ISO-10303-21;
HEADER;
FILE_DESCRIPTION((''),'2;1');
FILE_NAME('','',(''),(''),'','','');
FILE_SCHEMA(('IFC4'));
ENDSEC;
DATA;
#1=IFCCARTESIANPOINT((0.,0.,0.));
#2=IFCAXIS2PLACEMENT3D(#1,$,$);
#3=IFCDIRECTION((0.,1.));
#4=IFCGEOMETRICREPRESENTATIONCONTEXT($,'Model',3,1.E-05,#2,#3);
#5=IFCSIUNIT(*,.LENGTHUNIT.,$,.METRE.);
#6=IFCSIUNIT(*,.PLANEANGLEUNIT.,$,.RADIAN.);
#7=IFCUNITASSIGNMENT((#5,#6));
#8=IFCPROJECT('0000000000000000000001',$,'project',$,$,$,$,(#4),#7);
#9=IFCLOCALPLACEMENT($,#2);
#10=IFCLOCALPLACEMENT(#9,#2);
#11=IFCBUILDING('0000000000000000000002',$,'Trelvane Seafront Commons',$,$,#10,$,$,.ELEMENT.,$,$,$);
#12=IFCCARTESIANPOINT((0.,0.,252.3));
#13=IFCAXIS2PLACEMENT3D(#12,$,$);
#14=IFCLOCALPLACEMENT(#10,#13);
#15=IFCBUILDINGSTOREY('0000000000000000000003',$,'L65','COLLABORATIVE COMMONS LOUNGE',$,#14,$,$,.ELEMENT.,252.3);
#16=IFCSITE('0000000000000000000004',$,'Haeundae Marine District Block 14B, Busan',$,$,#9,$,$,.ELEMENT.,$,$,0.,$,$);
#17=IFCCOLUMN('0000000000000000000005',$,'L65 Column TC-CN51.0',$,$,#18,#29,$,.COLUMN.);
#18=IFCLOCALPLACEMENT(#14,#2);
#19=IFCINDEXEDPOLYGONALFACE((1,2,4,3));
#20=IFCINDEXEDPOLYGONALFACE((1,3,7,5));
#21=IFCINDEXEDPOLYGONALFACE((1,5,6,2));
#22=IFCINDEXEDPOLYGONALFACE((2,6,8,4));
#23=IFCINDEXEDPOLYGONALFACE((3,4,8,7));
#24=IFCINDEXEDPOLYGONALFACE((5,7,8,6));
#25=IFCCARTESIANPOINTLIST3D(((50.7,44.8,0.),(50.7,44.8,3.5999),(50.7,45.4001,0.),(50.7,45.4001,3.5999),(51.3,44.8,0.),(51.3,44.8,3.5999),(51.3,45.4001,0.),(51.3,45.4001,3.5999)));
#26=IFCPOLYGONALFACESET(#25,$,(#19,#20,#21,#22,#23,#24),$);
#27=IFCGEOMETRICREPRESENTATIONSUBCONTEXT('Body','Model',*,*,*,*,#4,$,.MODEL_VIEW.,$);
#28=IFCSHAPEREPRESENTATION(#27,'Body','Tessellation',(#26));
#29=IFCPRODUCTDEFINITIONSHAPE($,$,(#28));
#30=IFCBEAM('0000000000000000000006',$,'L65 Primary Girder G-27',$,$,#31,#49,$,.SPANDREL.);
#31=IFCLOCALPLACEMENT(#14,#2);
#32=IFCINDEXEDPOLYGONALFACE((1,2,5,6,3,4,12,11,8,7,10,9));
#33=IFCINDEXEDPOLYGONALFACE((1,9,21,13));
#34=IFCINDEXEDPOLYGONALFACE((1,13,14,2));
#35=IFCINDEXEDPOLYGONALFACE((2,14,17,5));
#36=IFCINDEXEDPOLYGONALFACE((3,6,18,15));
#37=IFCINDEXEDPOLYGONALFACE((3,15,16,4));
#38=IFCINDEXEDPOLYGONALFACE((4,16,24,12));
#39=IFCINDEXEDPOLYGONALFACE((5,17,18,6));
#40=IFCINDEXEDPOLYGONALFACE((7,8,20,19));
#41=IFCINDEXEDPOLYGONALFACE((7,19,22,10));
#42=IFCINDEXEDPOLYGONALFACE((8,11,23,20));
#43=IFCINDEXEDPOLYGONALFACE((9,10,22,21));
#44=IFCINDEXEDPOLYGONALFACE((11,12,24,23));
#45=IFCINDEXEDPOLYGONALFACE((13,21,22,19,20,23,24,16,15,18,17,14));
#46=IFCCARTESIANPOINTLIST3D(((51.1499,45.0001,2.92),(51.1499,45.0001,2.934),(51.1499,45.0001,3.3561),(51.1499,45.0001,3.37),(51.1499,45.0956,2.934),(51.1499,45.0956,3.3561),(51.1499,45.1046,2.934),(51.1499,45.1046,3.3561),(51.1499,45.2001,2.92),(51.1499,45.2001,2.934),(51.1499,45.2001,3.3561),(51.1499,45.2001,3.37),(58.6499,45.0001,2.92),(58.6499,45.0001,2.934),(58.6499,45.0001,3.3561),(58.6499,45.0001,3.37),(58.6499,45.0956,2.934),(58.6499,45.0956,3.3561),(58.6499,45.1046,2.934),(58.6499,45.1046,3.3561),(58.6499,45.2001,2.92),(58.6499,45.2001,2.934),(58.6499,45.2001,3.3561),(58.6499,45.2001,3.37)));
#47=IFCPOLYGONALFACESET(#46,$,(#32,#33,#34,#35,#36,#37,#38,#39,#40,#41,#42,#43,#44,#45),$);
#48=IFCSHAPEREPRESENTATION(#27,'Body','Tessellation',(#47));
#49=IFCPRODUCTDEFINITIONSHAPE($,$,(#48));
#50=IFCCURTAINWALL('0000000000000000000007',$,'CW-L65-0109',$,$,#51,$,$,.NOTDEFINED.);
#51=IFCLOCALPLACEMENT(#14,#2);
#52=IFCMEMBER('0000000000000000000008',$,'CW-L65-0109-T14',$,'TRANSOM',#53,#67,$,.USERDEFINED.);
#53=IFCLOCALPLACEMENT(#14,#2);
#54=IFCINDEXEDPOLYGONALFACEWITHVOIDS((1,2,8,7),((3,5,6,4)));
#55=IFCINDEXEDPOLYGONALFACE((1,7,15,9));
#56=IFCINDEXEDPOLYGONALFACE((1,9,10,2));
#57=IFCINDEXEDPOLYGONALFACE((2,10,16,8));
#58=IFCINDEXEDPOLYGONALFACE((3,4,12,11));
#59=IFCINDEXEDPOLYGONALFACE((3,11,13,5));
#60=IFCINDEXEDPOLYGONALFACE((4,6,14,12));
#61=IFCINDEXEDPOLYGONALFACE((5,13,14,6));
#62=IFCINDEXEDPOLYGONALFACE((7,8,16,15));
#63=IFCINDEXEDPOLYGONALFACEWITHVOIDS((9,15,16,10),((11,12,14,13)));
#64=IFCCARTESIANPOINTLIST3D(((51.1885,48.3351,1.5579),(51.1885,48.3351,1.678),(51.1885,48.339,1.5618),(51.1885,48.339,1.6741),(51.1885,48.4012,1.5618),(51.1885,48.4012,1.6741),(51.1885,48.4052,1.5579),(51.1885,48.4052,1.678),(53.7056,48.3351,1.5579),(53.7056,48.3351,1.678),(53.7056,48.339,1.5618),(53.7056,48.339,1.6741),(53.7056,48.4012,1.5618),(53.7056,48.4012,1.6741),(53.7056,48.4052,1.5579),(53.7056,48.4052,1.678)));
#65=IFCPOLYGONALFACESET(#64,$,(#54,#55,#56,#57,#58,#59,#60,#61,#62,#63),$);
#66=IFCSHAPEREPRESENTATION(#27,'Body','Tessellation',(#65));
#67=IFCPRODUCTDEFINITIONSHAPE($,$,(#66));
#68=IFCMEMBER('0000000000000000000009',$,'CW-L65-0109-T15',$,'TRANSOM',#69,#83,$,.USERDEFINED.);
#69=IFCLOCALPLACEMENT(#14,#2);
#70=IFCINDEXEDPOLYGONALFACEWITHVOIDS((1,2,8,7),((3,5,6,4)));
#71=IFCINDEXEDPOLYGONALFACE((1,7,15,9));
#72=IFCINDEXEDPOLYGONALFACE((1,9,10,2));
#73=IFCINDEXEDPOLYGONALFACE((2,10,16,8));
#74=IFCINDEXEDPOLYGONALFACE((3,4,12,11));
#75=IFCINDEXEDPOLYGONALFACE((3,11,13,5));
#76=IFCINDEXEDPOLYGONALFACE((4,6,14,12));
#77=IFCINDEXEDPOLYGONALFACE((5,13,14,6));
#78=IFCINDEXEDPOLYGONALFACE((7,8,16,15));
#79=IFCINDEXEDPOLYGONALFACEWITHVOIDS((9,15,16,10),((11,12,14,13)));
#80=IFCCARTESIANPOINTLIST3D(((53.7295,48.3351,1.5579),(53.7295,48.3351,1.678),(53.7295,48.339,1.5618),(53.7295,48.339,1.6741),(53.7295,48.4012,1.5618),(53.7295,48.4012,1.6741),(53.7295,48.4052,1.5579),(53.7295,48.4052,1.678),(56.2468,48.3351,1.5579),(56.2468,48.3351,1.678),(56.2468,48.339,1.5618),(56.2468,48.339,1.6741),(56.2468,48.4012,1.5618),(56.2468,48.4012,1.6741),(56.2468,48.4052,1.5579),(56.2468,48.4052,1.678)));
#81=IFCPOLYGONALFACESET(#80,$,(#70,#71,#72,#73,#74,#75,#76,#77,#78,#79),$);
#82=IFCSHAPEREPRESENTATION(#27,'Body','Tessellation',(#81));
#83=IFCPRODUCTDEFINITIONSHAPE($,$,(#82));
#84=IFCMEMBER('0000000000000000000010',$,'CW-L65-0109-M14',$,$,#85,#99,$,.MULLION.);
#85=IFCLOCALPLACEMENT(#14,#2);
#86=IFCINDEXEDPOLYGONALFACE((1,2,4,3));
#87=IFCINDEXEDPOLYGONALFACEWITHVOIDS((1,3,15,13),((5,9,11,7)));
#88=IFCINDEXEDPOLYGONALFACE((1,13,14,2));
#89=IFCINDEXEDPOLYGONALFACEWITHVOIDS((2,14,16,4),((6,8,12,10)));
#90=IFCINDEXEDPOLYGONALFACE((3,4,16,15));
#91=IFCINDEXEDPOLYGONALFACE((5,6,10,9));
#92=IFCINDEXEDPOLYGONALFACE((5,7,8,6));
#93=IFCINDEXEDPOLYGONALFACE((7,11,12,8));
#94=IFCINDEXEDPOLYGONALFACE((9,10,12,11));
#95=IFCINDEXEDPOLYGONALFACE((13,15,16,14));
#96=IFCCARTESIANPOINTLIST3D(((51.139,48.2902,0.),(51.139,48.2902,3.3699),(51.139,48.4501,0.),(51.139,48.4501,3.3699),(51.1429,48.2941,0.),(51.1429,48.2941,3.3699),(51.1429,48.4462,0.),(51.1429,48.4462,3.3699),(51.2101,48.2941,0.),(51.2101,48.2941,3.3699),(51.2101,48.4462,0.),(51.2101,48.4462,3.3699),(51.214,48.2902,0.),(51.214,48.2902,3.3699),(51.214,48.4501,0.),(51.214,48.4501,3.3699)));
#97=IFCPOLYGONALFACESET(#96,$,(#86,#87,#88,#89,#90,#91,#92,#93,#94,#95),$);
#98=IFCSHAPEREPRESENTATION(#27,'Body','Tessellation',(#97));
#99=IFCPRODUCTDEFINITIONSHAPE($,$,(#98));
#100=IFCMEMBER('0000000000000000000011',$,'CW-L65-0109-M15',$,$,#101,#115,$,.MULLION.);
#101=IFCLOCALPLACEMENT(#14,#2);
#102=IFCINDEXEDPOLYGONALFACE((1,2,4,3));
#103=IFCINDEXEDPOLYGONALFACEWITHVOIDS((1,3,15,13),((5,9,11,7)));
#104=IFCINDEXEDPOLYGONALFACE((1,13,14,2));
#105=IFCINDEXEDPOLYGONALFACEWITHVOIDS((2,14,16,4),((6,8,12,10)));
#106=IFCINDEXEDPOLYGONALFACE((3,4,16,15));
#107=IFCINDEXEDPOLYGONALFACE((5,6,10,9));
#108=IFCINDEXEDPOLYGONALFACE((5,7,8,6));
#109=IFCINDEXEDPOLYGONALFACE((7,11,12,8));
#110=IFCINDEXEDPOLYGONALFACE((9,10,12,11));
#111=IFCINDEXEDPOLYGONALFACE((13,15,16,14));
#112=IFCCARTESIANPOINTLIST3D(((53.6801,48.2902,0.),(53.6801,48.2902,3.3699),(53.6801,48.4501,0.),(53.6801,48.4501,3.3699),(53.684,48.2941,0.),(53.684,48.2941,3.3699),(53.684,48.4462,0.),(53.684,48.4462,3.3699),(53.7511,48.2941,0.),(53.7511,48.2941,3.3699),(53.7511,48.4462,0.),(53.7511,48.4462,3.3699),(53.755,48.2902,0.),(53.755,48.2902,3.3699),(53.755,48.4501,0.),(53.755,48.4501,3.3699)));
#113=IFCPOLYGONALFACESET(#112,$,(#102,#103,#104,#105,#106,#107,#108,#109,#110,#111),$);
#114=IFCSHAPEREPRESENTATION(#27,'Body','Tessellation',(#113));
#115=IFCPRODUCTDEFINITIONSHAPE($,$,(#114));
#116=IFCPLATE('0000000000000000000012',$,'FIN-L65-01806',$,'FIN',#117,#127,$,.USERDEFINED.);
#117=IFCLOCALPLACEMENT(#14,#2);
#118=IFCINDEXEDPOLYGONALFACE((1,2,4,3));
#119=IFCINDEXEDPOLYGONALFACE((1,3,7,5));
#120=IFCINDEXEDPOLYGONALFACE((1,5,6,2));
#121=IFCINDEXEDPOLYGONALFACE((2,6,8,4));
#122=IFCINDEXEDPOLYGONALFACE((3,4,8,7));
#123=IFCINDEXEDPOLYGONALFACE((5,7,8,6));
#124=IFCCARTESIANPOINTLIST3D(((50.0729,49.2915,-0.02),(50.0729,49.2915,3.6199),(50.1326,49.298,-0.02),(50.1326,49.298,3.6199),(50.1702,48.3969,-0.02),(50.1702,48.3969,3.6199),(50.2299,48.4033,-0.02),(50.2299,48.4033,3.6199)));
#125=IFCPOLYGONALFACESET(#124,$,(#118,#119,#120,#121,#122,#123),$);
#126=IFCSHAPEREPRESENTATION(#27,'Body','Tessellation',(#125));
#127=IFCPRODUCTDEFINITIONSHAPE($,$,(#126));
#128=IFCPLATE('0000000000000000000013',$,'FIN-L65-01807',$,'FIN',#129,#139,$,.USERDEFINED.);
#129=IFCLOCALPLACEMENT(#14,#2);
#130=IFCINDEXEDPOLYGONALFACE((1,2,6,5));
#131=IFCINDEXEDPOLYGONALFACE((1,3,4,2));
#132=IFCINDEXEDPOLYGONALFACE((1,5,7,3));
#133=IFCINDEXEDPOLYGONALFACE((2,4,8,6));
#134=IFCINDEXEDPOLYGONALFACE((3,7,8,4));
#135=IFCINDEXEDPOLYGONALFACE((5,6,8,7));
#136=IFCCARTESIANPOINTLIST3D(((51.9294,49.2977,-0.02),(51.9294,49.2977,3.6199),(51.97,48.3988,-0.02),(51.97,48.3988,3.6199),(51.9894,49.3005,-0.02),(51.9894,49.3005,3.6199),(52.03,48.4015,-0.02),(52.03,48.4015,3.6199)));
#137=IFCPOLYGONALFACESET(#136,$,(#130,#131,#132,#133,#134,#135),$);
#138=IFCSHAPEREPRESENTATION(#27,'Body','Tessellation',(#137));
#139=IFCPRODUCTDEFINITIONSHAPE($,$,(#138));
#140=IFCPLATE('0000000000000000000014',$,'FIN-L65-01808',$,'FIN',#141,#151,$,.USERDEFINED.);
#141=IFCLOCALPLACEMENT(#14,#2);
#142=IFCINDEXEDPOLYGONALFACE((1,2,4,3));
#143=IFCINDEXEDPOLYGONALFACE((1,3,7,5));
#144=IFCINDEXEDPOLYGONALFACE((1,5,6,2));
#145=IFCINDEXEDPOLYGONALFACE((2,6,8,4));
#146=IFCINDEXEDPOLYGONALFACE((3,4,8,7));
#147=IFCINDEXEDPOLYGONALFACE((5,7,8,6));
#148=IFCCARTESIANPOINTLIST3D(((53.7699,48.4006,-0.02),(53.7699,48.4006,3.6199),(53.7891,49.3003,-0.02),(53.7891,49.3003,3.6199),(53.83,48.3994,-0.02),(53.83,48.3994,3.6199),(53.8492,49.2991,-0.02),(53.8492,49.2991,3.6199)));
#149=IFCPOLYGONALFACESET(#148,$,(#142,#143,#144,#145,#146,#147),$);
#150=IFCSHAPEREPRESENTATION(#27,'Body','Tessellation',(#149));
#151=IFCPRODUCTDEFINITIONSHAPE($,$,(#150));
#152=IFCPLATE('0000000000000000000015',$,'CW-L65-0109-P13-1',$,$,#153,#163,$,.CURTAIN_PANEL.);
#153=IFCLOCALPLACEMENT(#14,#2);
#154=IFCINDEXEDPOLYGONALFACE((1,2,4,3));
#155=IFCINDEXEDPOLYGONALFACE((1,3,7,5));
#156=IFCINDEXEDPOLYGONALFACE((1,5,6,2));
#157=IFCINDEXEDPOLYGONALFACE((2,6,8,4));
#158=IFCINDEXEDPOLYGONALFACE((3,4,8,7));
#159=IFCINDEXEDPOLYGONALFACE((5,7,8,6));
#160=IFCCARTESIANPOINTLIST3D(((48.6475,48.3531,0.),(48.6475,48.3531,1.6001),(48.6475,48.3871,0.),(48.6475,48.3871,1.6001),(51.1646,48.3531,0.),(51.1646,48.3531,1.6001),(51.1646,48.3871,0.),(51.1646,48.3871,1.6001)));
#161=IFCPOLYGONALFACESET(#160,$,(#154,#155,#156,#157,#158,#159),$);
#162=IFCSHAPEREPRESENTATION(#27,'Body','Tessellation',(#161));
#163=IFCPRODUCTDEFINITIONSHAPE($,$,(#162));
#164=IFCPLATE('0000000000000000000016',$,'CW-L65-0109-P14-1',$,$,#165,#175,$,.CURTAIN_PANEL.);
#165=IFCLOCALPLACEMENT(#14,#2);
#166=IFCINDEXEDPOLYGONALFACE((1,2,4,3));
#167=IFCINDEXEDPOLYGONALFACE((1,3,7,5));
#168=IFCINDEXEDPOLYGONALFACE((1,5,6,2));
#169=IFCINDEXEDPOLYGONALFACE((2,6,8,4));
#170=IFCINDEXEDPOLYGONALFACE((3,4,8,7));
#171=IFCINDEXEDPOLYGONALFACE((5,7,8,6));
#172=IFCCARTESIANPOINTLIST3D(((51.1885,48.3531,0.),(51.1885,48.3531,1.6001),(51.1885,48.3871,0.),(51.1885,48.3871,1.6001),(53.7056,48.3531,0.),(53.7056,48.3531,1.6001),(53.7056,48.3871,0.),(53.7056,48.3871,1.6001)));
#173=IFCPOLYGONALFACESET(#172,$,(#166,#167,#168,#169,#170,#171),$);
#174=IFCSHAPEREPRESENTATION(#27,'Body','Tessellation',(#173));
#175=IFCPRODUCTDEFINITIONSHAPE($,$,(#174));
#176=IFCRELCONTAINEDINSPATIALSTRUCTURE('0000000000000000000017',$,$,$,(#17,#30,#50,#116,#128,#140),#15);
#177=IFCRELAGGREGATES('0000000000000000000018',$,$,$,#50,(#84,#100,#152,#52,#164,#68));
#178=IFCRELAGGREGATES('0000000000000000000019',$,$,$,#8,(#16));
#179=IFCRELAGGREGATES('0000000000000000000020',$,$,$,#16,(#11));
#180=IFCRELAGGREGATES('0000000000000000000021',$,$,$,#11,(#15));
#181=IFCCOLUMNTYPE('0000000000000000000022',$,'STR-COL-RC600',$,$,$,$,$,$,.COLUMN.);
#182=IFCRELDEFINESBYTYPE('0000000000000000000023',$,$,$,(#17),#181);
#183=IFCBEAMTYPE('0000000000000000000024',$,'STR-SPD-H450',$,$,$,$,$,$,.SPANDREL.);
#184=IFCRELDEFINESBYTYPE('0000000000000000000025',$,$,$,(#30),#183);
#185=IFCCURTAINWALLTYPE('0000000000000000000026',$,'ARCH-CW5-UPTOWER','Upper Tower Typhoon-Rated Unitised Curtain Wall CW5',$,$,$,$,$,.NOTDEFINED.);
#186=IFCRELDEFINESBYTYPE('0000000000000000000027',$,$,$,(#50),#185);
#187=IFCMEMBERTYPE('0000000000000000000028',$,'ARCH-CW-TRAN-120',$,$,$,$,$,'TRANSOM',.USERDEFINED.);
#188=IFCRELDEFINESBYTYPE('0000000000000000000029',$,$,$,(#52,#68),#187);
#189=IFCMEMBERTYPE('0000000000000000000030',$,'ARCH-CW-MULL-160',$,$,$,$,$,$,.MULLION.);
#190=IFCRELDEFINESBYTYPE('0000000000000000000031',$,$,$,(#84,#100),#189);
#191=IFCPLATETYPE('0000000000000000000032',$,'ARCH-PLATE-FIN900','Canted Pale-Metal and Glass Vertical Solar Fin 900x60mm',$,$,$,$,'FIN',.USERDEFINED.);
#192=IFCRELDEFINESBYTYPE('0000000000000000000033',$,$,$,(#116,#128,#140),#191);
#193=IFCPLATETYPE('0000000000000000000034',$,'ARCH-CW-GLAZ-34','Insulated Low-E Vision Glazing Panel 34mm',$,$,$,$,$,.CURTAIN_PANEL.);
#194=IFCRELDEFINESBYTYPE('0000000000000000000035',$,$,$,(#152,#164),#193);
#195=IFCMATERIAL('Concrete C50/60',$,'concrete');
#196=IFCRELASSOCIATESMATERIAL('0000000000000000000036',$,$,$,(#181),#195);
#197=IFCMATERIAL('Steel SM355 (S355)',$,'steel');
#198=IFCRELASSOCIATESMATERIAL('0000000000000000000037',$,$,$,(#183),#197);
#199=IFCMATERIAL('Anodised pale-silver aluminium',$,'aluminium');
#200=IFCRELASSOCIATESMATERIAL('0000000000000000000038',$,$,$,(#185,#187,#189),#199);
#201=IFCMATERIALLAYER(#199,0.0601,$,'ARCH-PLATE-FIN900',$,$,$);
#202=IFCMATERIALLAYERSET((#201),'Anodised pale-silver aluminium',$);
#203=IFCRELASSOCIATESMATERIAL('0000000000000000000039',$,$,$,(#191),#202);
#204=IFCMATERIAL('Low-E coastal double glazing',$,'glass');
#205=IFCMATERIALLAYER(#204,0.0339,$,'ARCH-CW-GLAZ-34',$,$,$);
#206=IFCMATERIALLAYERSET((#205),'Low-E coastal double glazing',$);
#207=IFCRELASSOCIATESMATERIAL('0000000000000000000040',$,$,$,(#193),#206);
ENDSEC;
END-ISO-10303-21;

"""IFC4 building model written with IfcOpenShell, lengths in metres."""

from ifc_helpers import new_model, si_unit, direction, frame, origin, origin_2d, place, context, subcontext, project, spatial, rectangle, hollow_rectangle, i_section, extrude, source, transform, mapped, material, layer, layer_set, material_profile, profile_set, type_object, element, aggregate, save


model = new_model("IFC4")

# Units and contexts
model_context = context("Model", 3, precision=1e-05, world=origin(), true_north=direction((0.0, 1.0)))
body_context = subcontext(model_context, "Body", "Model", "MODEL_VIEW")
ifc_project = project(units=[si_unit("LENGTHUNIT", "METRE"), si_unit("PLANEANGLEUNIT", "RADIAN")], contexts=[model_context])

# Site, building, storey
site_placement = place(None, origin())
site = spatial("IfcSite", under=ifc_project, at=site_placement, Name="Haeundae Marine District Block 14B, Busan", CompositionType="ELEMENT", RefElevation=0.0)
building_placement = place(site_placement, origin())
building = spatial("IfcBuilding", under=site, at=building_placement, Name="Trelvane Seafront Commons", CompositionType="ELEMENT")
storey_placement = place(building_placement, frame((0.0, 0.0, 252.3)))
storey = spatial("IfcBuildingStorey", under=building, at=storey_placement, Name="L65", Description="COLLABORATIVE COMMONS LOUNGE", CompositionType="ELEMENT", Elevation=252.3)

# Column
ifc_material_1 = material(Name="Concrete C50/60", Category="concrete")
ifc_material_profile_1 = material_profile(ifc_material_1, rectangle(XDim=0.6001, YDim=0.6001, at=origin_2d()), Name="RC-600x600")
ifc_profile_set_1 = profile_set([ifc_material_profile_1], Name="Concrete C50/60")
column_type = type_object("IfcColumnType", Name="STR-COL-RC600", PredefinedType="COLUMN", material=ifc_profile_set_1)
shared_shape_1 = source(origin(), body_context, "Body", "SweptSolid", [
    extrude(rectangle(XDim=0.6001, YDim=0.6001, at=origin_2d()), origin(), (0.0, 0.0, 1.0), 3.5999),
])
column_placement = place(storey_placement, frame((51.0, 45.1001, 0.0), z_axis=(0.0, 0.0, 1.0), x_axis=(1.0, 0.0, 0.0)))
element("IfcColumn", 1, at=column_placement, inside=storey, type_object=column_type, Name="L65 Column TC-CN51.0", PredefinedType="COLUMN", context=body_context, shape_type="MappedRepresentation", body=[
    mapped(shared_shape_1, transform((0.0, 0.0, 0.0), x_axis=(1.0, 0.0, 0.0), y_axis=(0.0, 1.0, 0.0), z_axis=(0.0, 0.0, 1.0), scale=1.0)),
])

# Beam
ifc_material_2 = material(Name="Steel SM355 (S355)", Category="steel")
ifc_material_profile_2 = material_profile(ifc_material_2, i_section(OverallWidth=0.2, OverallDepth=0.45, WebThickness=0.009, FlangeThickness=0.0139, at=origin_2d()), Name="H-450x200x9x14")
ifc_profile_set_2 = profile_set([ifc_material_profile_2], Name="Steel SM355 (S355)")
beam_type = type_object("IfcBeamType", Name="STR-SPD-H450", PredefinedType="SPANDREL", material=ifc_profile_set_2)
shared_shape_2 = source(origin(), body_context, "Body", "SweptSolid", [
    extrude(i_section(OverallWidth=0.2, OverallDepth=0.45, WebThickness=0.009, FlangeThickness=0.0139, at=origin_2d()), origin(), (0.0, 0.0, 1.0), 7.5),
])
beam_placement = place(storey_placement, frame((51.1499, 45.1001, 3.145), z_axis=(1.0, 0.0, 0.0), x_axis=(0.0, 1.0, 0.0)))
element("IfcBeam", 2, at=beam_placement, inside=storey, type_object=beam_type, Name="L65 Primary Girder G-27", PredefinedType="SPANDREL", context=body_context, shape_type="MappedRepresentation", body=[
    mapped(shared_shape_2, transform((0.0, 0.0, 0.0), x_axis=(1.0, 0.0, 0.0), y_axis=(0.0, 1.0, 0.0), z_axis=(0.0, 0.0, 1.0), scale=1.0)),
])

# Curtain wall, members
ifc_material_3 = material(Name="Anodised pale-silver aluminium", Category="aluminium")
curtain_wall_type = type_object("IfcCurtainWallType", Name="ARCH-CW5-UPTOWER", Description="Upper Tower Typhoon-Rated Unitised Curtain Wall CW5", PredefinedType="NOTDEFINED", material=ifc_material_3)
curtain_wall_placement = place(storey_placement, origin())
curtain_wall = element("IfcCurtainWall", 3, at=curtain_wall_placement, inside=storey, type_object=curtain_wall_type, Name="CW-L65-0109", PredefinedType="NOTDEFINED")
ifc_material_profile_3 = material_profile(ifc_material_3, hollow_rectangle(XDim=0.0701, YDim=0.1201, WallThickness=0.0039, at=origin_2d()), Name="TRAN-70x120x4")
ifc_profile_set_3 = profile_set([ifc_material_profile_3], Name="Anodised pale-silver aluminium")
member_type_1 = type_object("IfcMemberType", Name="ARCH-CW-TRAN-120", ElementType="TRANSOM", PredefinedType="USERDEFINED", material=ifc_profile_set_3)
shared_shape_3 = source(origin(), body_context, "Body", "SweptSolid", [
    extrude(hollow_rectangle(XDim=0.0701, YDim=0.1201, WallThickness=0.0039, at=origin_2d()), origin(), (0.0, 0.0, 1.0), 2.5171),
])
member_1_placement = place(storey_placement, frame((51.1885, 48.3701, 1.6179), z_axis=(1.0, 0.0, 0.0), x_axis=(0.0, 1.0, 0.0)))
member_1 = element("IfcMember", 4, at=member_1_placement, type_object=member_type_1, Name="CW-L65-0109-T14", ObjectType="TRANSOM", PredefinedType="USERDEFINED", context=body_context, shape_type="MappedRepresentation", body=[
    mapped(shared_shape_3, transform((0.0, 0.0, 0.0), x_axis=(1.0, 0.0, 0.0), y_axis=(0.0, 1.0, 0.0), z_axis=(0.0, 0.0, 1.0), scale=1.0)),
])
shared_shape_4 = source(origin(), body_context, "Body", "SweptSolid", [
    extrude(hollow_rectangle(XDim=0.0701, YDim=0.1201, WallThickness=0.0039, at=origin_2d()), origin(), (0.0, 0.0, 1.0), 2.5173),
])
member_2_placement = place(storey_placement, frame((53.7295, 48.3701, 1.6179), z_axis=(1.0, 0.0, 0.0), x_axis=(0.0, 1.0, 0.0)))
member_2 = element("IfcMember", 5, at=member_2_placement, type_object=member_type_1, Name="CW-L65-0109-T15", ObjectType="TRANSOM", PredefinedType="USERDEFINED", context=body_context, shape_type="MappedRepresentation", body=[
    mapped(shared_shape_4, transform((0.0, 0.0, 0.0), x_axis=(1.0, 0.0, 0.0), y_axis=(0.0, 1.0, 0.0), z_axis=(0.0, 0.0, 1.0), scale=1.0)),
])
ifc_material_profile_4 = material_profile(ifc_material_3, hollow_rectangle(XDim=0.075, YDim=0.1599, WallThickness=0.0039, at=origin_2d()), Name="MULL-75x160x4")
ifc_profile_set_4 = profile_set([ifc_material_profile_4], Name="Anodised pale-silver aluminium")
member_type_2 = type_object("IfcMemberType", Name="ARCH-CW-MULL-160", PredefinedType="MULLION", material=ifc_profile_set_4)
shared_shape_5 = source(origin(), body_context, "Body", "SweptSolid", [
    extrude(hollow_rectangle(XDim=0.075, YDim=0.1599, WallThickness=0.0039, at=origin_2d()), origin(), (0.0, 0.0, 1.0), 3.3699),
])
member_3_placement = place(storey_placement, frame((51.1765, 48.3701, 0.0), z_axis=(0.0, 0.0, 1.0), x_axis=(1.0, 0.0, 0.0)))
member_3 = element("IfcMember", 6, at=member_3_placement, type_object=member_type_2, Name="CW-L65-0109-M14", PredefinedType="MULLION", context=body_context, shape_type="MappedRepresentation", body=[
    mapped(shared_shape_5, transform((0.0, 0.0, 0.0), x_axis=(1.0, 0.0, 0.0), y_axis=(0.0, 1.0, 0.0), z_axis=(0.0, 0.0, 1.0), scale=1.0)),
])
member_4_placement = place(storey_placement, frame((53.7175, 48.3701, 0.0), z_axis=(0.0, 0.0, 1.0), x_axis=(1.0, 0.0, 0.0)))
member_4 = element("IfcMember", 7, at=member_4_placement, type_object=member_type_2, Name="CW-L65-0109-M15", PredefinedType="MULLION", context=body_context, shape_type="MappedRepresentation", body=[
    mapped(shared_shape_5, transform((0.0, 0.0, 0.0), x_axis=(1.0, 0.0, 0.0), y_axis=(0.0, 1.0, 0.0), z_axis=(0.0, 0.0, 1.0), scale=1.0)),
])

# Plates
ifc_layer_1 = layer(ifc_material_3, 0.0601, Name="ARCH-PLATE-FIN900")
ifc_layer_set_1 = layer_set([ifc_layer_1], Name="Anodised pale-silver aluminium")
plate_type_1 = type_object("IfcPlateType", Name="ARCH-PLATE-FIN900", Description="Canted Pale-Metal and Glass Vertical Solar Fin 900x60mm", ElementType="FIN", PredefinedType="USERDEFINED", material=ifc_layer_set_1)
shared_shape_6 = source(origin(), body_context, "Body", "SweptSolid", [
    extrude(rectangle(XDim=0.8999, YDim=0.0601, at=origin_2d()), origin(), (0.0, 0.0, 1.0), 3.6399),
])
for number, where, z_axis, x_axis, name in (
    (8, (50.1514, 48.8474, -0.02), (0.0, 0.0, 1.0), (-0.108114, 0.994139, 0.0), "FIN-L65-01806"),
    (9, (51.9797, 48.8496, -0.02), (0.0, 0.0, 1.0), (-0.04511, 0.998982, 0.0), "FIN-L65-01807"),
    (10, (53.8096, 48.8499, -0.02), (0.0, 0.0, 1.0), (0.021333, 0.999772, 0.0), "FIN-L65-01808"),
):
    element("IfcPlate", number, at=place(storey_placement, frame(where, z_axis=z_axis, x_axis=x_axis)), inside=storey, type_object=plate_type_1, Name=name, ObjectType="FIN", PredefinedType="USERDEFINED", context=body_context, shape_type="MappedRepresentation", body=[
        mapped(shared_shape_6, transform((0.0, 0.0, 0.0), x_axis=(1.0, 0.0, 0.0), y_axis=(0.0, 1.0, 0.0), z_axis=(0.0, 0.0, 1.0), scale=1.0)),
    ])

# Plates
ifc_material_4 = material(Name="Low-E coastal double glazing", Category="glass")
ifc_layer_2 = layer(ifc_material_4, 0.0339, Name="ARCH-CW-GLAZ-34")
ifc_layer_set_2 = layer_set([ifc_layer_2], Name="Low-E coastal double glazing")
plate_type_2 = type_object("IfcPlateType", Name="ARCH-CW-GLAZ-34", Description="Insulated Low-E Vision Glazing Panel 34mm", PredefinedType="CURTAIN_PANEL", material=ifc_layer_set_2)
shared_shape_7 = source(origin(), body_context, "Body", "SweptSolid", [
    extrude(rectangle(XDim=2.5171, YDim=0.0339, at=origin_2d()), origin(), (0.0, 0.0, 1.0), 1.6001),
])
plate_1_placement = place(storey_placement, frame((49.906, 48.3701, 0.0), z_axis=(0.0, 0.0, 1.0), x_axis=(1.0, 0.0, 0.0)))
plate_1 = element("IfcPlate", 11, at=plate_1_placement, type_object=plate_type_2, Name="CW-L65-0109-P13-1", PredefinedType="CURTAIN_PANEL", context=body_context, shape_type="MappedRepresentation", body=[
    mapped(shared_shape_7, transform((0.0, 0.0, 0.0), x_axis=(1.0, 0.0, 0.0), y_axis=(0.0, 1.0, 0.0), z_axis=(0.0, 0.0, 1.0), scale=1.0)),
])
plate_2_placement = place(storey_placement, frame((52.447, 48.3701, 0.0), z_axis=(0.0, 0.0, 1.0), x_axis=(1.0, 0.0, 0.0)))
plate_2 = element("IfcPlate", 12, at=plate_2_placement, type_object=plate_type_2, Name="CW-L65-0109-P14-1", PredefinedType="CURTAIN_PANEL", context=body_context, shape_type="MappedRepresentation", body=[
    mapped(shared_shape_7, transform((0.0, 0.0, 0.0), x_axis=(1.0, 0.0, 0.0), y_axis=(0.0, 1.0, 0.0), z_axis=(0.0, 0.0, 1.0), scale=1.0)),
])
aggregate(curtain_wall, [member_3, member_4, plate_1, member_1, plate_2, member_2])

save(model, "model.ifc")
